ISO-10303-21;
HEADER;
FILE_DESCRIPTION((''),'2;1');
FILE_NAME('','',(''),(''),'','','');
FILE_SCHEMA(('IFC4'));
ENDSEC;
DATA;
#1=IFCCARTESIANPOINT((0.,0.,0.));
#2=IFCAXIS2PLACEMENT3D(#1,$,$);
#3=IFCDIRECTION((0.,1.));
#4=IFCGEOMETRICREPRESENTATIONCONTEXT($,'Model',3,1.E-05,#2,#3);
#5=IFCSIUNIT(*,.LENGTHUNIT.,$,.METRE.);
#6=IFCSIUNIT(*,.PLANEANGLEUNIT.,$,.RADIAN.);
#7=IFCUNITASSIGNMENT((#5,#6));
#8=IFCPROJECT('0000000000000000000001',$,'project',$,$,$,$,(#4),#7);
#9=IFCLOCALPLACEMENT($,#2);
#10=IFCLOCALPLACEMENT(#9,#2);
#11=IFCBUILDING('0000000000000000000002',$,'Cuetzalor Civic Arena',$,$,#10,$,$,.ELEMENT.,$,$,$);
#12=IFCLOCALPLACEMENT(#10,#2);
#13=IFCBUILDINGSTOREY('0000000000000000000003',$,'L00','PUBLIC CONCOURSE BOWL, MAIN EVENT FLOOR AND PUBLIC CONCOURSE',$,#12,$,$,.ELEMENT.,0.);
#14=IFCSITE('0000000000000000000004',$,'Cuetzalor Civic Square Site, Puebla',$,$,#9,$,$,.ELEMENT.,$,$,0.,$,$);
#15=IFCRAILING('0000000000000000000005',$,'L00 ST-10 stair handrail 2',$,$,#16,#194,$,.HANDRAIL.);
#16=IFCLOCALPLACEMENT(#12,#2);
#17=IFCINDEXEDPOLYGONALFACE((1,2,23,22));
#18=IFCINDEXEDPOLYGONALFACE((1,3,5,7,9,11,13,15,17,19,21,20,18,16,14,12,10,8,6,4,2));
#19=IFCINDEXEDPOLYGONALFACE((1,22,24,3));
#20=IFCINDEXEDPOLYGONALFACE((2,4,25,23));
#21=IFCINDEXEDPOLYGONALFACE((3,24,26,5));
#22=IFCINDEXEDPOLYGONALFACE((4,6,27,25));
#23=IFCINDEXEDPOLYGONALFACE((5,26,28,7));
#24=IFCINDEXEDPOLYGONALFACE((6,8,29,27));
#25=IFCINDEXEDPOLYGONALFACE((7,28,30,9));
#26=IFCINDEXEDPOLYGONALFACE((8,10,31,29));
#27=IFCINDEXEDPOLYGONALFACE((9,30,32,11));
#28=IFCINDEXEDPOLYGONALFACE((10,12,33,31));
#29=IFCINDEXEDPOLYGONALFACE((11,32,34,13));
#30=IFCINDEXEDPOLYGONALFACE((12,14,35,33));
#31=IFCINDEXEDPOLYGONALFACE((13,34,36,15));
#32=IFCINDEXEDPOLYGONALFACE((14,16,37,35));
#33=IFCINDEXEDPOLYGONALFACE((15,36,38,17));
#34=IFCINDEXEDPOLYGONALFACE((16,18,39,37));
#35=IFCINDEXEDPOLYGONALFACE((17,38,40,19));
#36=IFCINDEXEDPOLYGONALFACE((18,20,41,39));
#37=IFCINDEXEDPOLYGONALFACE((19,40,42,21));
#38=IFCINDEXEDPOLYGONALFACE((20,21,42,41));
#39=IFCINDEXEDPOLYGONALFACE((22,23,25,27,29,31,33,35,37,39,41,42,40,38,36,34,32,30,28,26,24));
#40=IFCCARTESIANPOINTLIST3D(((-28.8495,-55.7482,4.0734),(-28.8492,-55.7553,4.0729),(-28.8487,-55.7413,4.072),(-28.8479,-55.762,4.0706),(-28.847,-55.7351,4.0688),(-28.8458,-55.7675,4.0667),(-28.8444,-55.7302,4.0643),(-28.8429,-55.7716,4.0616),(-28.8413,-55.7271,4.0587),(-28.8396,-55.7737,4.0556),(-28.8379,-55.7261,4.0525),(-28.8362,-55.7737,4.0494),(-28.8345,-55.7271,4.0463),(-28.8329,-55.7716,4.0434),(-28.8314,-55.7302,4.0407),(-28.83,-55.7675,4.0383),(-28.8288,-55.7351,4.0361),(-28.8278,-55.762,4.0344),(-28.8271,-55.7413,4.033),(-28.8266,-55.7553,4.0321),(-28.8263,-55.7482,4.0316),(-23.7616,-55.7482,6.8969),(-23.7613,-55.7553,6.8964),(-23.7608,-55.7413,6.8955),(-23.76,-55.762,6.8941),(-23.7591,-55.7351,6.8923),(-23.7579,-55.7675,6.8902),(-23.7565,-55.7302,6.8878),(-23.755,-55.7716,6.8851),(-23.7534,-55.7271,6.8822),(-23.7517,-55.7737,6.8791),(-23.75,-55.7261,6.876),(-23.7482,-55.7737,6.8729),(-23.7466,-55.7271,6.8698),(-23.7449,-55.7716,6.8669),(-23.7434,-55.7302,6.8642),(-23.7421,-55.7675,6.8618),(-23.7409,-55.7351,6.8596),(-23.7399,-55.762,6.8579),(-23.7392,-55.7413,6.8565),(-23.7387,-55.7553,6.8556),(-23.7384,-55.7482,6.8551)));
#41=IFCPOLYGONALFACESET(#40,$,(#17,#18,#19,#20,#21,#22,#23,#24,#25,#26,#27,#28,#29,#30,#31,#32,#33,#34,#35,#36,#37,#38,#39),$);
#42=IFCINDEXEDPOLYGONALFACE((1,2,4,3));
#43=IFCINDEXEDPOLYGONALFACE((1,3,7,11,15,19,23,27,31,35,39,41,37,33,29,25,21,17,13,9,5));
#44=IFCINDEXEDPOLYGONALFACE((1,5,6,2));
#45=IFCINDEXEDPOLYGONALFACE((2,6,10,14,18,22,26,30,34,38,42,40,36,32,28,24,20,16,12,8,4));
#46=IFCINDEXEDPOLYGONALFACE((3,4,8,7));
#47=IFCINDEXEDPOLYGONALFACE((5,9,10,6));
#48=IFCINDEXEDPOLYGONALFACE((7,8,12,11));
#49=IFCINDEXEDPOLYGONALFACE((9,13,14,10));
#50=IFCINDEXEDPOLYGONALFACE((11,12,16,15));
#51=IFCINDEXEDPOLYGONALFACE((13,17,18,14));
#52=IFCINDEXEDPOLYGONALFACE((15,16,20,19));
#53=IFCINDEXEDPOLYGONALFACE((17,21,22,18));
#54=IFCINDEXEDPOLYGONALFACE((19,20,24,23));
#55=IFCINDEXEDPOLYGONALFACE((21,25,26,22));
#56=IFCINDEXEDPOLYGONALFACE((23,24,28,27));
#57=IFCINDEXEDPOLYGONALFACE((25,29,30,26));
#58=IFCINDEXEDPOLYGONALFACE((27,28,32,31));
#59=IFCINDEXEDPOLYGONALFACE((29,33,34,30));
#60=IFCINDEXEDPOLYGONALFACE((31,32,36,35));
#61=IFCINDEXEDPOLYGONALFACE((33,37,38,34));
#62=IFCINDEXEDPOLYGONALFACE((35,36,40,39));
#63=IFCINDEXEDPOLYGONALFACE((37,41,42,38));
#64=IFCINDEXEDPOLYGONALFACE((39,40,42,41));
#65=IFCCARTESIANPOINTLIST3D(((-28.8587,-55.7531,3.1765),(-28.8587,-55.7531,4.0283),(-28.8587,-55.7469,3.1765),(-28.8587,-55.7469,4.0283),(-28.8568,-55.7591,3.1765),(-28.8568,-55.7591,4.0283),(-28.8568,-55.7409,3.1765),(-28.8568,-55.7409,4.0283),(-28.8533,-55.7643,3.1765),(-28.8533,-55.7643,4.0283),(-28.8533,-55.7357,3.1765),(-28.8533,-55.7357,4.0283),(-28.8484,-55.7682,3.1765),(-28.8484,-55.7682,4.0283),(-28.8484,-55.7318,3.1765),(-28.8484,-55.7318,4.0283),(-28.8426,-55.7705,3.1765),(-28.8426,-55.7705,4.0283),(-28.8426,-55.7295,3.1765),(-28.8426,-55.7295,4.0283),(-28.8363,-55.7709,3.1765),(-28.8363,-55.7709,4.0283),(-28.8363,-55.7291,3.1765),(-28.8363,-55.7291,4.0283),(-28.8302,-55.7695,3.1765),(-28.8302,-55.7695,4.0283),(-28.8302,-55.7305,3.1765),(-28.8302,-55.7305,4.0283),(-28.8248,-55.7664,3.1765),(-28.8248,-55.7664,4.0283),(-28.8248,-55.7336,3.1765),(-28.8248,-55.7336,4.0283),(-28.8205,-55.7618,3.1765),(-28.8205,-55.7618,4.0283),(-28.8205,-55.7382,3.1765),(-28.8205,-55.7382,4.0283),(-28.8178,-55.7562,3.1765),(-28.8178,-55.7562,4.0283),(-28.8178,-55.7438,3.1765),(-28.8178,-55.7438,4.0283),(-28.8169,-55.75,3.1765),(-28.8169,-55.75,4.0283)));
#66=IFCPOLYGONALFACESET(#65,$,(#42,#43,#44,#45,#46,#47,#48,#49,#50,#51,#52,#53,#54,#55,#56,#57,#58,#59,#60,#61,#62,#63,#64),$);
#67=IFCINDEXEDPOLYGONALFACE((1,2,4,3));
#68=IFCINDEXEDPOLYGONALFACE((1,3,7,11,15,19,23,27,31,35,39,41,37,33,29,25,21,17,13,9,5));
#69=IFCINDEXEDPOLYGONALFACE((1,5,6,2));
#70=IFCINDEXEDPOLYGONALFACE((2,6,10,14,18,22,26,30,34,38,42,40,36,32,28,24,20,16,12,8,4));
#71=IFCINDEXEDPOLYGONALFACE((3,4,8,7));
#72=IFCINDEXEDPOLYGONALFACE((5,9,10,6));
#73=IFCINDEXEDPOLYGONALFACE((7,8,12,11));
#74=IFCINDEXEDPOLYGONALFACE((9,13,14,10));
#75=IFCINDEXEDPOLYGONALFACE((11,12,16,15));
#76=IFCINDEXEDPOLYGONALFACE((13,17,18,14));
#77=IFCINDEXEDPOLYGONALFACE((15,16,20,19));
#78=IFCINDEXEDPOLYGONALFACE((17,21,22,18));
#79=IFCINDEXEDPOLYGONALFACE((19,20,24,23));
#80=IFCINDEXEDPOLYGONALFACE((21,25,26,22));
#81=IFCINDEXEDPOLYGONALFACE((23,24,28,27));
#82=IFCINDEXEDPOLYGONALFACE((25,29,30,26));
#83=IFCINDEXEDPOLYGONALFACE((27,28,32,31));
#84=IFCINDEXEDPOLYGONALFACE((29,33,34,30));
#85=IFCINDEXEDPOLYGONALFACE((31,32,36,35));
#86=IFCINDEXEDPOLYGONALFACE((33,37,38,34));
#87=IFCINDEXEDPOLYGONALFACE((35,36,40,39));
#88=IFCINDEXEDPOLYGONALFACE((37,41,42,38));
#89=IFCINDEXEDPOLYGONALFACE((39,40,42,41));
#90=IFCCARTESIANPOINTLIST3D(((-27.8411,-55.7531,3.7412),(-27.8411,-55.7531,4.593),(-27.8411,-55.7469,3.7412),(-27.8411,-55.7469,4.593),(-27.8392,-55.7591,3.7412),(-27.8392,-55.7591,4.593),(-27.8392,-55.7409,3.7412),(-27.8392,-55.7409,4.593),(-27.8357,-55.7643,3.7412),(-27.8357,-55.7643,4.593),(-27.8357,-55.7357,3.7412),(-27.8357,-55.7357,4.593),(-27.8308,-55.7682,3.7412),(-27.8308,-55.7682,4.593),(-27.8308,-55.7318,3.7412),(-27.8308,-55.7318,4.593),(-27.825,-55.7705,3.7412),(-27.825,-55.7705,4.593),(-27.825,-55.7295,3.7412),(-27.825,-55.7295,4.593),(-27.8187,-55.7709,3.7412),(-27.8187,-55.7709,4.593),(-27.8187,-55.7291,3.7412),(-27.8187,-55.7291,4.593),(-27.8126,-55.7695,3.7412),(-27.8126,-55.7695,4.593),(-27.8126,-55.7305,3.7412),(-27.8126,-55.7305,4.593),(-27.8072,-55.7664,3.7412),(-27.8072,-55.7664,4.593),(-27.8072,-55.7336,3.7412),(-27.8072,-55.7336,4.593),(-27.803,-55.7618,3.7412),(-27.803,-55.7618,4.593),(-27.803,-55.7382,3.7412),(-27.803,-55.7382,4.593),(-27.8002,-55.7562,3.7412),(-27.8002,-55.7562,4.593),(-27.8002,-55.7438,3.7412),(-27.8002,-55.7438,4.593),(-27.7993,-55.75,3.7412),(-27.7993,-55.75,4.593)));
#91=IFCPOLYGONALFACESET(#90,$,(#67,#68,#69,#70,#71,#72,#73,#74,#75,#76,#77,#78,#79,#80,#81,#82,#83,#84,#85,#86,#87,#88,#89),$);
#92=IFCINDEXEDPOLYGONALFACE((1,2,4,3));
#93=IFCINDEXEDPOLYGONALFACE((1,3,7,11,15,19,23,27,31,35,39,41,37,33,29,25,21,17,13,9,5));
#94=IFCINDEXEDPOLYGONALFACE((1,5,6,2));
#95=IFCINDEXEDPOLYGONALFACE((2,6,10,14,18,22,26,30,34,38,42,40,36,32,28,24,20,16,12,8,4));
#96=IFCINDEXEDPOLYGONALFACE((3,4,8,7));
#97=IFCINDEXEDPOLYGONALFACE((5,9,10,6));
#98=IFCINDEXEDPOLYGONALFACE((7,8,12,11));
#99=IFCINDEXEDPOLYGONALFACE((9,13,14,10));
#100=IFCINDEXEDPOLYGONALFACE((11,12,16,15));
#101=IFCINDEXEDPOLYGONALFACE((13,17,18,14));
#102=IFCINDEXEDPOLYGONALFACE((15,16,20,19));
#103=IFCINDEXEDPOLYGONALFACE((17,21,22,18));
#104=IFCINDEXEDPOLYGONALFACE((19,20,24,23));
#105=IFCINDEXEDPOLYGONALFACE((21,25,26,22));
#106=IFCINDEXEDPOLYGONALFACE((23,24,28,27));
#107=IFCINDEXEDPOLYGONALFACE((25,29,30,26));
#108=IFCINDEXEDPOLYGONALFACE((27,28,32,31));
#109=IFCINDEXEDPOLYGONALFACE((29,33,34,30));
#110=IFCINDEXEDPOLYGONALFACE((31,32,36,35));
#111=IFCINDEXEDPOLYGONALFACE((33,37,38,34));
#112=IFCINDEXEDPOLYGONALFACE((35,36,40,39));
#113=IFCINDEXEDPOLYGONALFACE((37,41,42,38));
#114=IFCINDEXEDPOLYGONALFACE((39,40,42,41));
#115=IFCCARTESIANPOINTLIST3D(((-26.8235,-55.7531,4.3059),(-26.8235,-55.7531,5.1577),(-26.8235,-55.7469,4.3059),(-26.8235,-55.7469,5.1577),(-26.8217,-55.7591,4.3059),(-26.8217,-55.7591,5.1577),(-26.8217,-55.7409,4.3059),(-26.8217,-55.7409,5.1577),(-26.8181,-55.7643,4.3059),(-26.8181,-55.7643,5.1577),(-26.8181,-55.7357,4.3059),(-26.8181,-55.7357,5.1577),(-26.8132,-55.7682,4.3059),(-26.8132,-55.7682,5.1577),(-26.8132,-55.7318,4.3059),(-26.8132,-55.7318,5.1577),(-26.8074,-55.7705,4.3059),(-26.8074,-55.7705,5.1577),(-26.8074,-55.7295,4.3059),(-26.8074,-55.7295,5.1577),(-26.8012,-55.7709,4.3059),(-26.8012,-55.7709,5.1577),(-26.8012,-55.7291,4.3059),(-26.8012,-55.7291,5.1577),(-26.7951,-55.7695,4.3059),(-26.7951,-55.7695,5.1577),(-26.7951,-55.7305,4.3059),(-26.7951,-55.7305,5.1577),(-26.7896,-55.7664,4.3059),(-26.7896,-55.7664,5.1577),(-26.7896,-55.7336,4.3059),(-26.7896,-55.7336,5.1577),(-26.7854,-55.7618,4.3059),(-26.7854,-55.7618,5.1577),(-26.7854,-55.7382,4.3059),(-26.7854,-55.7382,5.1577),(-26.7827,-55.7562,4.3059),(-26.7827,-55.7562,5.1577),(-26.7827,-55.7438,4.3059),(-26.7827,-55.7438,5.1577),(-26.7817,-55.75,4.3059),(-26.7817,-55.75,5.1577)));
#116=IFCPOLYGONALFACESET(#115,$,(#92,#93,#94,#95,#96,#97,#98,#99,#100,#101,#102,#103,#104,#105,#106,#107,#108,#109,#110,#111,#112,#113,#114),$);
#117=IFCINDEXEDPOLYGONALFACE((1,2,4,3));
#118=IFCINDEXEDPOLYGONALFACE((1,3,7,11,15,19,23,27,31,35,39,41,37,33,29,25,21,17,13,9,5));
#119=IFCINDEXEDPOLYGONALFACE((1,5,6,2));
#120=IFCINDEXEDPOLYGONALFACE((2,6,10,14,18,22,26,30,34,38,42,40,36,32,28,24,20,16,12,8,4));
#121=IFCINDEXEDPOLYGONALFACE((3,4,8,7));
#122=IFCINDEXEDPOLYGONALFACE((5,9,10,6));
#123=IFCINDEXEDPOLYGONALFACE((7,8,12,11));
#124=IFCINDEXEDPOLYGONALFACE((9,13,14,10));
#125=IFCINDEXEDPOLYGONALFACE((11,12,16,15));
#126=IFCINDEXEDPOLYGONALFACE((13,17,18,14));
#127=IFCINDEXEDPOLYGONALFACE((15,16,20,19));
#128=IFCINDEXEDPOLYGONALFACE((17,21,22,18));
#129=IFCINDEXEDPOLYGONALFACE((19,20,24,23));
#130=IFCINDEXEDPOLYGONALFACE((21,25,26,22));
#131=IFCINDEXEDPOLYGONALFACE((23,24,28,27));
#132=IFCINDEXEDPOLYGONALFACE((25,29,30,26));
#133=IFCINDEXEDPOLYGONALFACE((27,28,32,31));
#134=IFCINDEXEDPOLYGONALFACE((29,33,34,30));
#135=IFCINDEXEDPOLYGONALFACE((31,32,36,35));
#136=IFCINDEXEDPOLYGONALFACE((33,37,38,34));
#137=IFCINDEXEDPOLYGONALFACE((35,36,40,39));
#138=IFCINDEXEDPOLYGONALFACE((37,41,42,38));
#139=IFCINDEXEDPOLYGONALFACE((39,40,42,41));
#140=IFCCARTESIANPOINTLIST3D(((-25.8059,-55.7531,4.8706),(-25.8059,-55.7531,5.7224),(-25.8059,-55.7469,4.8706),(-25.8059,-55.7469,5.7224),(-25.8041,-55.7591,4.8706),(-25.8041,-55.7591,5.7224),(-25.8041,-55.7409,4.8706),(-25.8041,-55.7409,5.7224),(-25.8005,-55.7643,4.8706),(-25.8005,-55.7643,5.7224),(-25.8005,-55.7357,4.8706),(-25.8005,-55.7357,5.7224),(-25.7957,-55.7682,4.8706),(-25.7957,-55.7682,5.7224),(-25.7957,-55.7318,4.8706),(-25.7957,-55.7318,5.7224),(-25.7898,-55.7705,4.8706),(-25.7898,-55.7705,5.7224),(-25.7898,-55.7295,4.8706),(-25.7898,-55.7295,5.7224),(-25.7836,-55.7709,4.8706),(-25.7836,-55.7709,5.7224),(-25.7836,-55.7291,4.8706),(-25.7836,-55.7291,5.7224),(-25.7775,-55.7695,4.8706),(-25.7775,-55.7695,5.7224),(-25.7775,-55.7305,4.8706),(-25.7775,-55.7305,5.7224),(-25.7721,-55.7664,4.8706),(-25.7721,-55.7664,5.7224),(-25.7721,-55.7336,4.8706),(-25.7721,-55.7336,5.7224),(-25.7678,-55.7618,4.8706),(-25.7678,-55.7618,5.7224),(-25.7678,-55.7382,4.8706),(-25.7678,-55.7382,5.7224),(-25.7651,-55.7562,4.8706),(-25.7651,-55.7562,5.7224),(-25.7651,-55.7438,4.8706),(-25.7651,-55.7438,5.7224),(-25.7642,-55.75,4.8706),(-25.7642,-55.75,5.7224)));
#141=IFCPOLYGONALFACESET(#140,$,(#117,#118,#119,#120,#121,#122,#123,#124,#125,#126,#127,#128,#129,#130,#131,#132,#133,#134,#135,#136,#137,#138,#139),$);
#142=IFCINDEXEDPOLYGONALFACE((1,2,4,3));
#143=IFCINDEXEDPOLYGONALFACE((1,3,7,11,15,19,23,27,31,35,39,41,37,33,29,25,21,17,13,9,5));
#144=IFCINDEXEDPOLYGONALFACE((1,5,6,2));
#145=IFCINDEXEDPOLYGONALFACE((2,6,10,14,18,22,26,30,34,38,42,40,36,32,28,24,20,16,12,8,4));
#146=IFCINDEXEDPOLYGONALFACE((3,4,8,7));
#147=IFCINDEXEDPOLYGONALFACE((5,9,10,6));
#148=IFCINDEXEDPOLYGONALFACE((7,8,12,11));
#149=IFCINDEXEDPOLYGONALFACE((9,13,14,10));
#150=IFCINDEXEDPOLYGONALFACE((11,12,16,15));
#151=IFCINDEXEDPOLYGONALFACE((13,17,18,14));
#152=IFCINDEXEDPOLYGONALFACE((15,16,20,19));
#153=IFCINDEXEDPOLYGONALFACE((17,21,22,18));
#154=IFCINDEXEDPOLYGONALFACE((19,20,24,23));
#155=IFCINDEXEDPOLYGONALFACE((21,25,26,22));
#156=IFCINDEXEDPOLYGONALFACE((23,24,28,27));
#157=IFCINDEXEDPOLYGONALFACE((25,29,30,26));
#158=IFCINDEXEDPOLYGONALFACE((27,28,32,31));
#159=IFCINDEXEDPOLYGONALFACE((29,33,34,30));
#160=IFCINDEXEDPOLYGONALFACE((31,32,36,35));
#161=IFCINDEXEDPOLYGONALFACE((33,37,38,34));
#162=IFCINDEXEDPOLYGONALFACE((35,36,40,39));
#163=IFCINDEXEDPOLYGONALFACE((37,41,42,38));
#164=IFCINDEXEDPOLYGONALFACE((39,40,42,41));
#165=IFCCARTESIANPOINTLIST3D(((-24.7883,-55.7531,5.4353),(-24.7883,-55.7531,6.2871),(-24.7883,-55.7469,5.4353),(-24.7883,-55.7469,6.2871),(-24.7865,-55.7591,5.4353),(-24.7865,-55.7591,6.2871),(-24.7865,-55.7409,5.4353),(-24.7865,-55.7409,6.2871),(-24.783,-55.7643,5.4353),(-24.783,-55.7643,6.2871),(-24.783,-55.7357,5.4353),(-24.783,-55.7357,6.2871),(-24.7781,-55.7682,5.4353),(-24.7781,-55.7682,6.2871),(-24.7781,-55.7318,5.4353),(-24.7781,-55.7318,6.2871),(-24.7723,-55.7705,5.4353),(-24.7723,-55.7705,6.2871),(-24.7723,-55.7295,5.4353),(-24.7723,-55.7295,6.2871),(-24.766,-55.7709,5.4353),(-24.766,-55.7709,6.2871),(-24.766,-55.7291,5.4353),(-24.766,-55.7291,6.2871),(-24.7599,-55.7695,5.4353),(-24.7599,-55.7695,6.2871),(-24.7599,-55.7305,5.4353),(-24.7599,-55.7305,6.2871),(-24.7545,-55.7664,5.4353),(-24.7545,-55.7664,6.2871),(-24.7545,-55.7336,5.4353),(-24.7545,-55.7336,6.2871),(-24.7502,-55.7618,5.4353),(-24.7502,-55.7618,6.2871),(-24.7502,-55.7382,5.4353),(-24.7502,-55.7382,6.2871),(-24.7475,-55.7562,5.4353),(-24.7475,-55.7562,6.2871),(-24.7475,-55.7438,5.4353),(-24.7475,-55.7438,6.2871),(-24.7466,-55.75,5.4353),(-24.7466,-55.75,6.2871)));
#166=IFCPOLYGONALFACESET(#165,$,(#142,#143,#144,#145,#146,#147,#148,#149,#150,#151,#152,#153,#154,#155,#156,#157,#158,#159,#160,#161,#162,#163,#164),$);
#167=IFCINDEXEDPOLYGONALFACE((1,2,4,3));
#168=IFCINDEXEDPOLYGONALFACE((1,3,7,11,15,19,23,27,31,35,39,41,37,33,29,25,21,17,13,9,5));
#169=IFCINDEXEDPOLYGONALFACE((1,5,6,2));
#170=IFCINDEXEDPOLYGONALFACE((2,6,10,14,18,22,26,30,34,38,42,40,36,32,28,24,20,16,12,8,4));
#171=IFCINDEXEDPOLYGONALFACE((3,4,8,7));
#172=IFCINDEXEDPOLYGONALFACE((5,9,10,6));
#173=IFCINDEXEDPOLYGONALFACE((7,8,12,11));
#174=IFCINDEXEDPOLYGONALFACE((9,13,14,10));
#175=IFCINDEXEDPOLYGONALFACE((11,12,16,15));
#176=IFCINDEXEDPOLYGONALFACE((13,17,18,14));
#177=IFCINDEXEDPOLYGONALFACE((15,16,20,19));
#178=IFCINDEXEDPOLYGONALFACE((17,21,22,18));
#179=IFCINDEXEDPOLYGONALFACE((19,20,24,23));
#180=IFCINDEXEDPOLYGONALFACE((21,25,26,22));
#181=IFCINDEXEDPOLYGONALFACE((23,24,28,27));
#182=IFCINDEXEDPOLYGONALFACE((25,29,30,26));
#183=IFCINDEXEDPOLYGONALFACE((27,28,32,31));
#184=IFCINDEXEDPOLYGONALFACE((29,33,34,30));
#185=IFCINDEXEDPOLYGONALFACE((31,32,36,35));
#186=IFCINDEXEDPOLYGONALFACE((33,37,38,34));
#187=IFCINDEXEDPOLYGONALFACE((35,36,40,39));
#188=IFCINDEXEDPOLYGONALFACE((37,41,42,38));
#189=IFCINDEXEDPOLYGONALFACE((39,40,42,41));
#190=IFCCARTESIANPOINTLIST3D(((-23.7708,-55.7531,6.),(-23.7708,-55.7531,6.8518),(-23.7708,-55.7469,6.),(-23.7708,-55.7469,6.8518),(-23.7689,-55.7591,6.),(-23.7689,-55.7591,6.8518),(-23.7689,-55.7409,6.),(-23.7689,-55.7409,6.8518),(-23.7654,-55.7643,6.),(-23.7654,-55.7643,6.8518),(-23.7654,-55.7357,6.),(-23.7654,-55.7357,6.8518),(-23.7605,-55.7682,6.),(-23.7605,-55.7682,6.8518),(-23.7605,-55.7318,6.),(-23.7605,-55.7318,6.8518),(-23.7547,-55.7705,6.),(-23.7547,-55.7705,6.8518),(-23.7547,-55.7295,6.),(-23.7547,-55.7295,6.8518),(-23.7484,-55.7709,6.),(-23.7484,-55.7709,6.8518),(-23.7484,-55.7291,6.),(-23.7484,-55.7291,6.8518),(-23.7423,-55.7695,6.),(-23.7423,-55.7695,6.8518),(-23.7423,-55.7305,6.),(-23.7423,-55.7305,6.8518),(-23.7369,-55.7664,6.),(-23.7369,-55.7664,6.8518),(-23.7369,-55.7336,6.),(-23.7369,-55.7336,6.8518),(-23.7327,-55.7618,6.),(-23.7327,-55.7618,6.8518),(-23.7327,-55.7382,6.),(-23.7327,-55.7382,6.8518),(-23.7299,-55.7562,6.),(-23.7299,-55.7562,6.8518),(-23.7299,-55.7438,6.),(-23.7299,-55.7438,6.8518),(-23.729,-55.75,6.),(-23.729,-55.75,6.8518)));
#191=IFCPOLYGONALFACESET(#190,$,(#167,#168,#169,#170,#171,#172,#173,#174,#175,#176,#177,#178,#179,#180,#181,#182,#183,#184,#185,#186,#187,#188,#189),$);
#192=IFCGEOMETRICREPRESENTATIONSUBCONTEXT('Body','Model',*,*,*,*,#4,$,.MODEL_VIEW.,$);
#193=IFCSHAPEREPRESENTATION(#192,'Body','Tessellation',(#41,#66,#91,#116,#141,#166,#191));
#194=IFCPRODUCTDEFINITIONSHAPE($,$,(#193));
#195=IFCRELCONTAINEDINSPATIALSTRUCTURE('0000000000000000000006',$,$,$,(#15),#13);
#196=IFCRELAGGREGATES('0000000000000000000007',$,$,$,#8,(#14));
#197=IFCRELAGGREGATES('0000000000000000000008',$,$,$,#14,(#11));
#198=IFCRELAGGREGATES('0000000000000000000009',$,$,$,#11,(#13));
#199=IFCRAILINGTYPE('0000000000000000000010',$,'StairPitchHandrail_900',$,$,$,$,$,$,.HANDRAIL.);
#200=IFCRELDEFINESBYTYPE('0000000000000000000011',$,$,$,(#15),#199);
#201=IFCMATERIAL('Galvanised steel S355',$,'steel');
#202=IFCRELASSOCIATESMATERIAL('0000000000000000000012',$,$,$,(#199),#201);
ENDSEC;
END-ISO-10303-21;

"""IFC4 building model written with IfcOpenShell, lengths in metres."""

from ifc_helpers import new_model, si_unit, direction, frame, origin, origin_2d, place, context, subcontext, project, spatial, circle, extrude, material, type_object, element, save


model = new_model("IFC4")

# Units and contexts
model_context = context("Model", 3, precision=1e-05, world=origin(), true_north=direction((0.0, 1.0)))
body_context = subcontext(model_context, "Body", "Model", "MODEL_VIEW")
ifc_project = project(units=[si_unit("LENGTHUNIT", "METRE"), si_unit("PLANEANGLEUNIT", "RADIAN")], contexts=[model_context])

# Site, building, storey
site_placement = place(None, origin())
site = spatial("IfcSite", under=ifc_project, at=site_placement, Name="Cuetzalor Civic Square Site, Puebla", CompositionType="ELEMENT", RefElevation=0.0)
building_placement = place(site_placement, origin())
building = spatial("IfcBuilding", under=site, at=building_placement, Name="Cuetzalor Civic Arena", CompositionType="ELEMENT")
storey_placement = place(building_placement, origin())
storey = spatial("IfcBuildingStorey", under=building, at=storey_placement, Name="L00", Description="PUBLIC CONCOURSE BOWL, MAIN EVENT FLOOR AND PUBLIC CONCOURSE", CompositionType="ELEMENT", Elevation=0.0)

# Railing
ifc_material_1 = material(Name="Galvanised steel S355", Category="steel")
railing_type_1 = type_object("IfcRailingType", Name="StairPitchHandrail_900", PredefinedType="HANDRAIL", material=ifc_material_1)
railing_1_placement = place(storey_placement, frame((-28.8379, -55.75, 3.1765)))
element("IfcRailing", 1, at=railing_1_placement, inside=storey, type_object=railing_type_1, Name="L00 ST-10 stair handrail 2", PredefinedType="HANDRAIL", context=body_context, shape_type="SweptSolid", body=[
    extrude(circle(Radius=0.0239, at=origin_2d()), frame((0.0, 0.0, 0.876), z_axis=(0.874385, 0.0, 0.485233), x_axis=(0.0, 1.0, 0.0)), (0.0, 0.0, 1.0), 5.8188),
    extrude(circle(Radius=0.021, at=origin_2d()), origin(), (0.0, 0.0, 1.0), 0.8518),
    extrude(circle(Radius=0.021, at=origin_2d()), frame((1.0176, 0.0, 0.5647)), (0.0, 0.0, 1.0), 0.8518),
    extrude(circle(Radius=0.021, at=origin_2d()), frame((2.0352, 0.0, 1.1294)), (0.0, 0.0, 1.0), 0.8518),
    extrude(circle(Radius=0.021, at=origin_2d()), frame((3.0527, 0.0, 1.6941)), (0.0, 0.0, 1.0), 0.8518),
    extrude(circle(Radius=0.021, at=origin_2d()), frame((4.0703, 0.0, 2.2588)), (0.0, 0.0, 1.0), 0.8518),
    extrude(circle(Radius=0.021, at=origin_2d()), frame((5.0879, 0.0, 2.8235)), (0.0, 0.0, 1.0), 0.8518),
])

save(model, "model.ifc")
